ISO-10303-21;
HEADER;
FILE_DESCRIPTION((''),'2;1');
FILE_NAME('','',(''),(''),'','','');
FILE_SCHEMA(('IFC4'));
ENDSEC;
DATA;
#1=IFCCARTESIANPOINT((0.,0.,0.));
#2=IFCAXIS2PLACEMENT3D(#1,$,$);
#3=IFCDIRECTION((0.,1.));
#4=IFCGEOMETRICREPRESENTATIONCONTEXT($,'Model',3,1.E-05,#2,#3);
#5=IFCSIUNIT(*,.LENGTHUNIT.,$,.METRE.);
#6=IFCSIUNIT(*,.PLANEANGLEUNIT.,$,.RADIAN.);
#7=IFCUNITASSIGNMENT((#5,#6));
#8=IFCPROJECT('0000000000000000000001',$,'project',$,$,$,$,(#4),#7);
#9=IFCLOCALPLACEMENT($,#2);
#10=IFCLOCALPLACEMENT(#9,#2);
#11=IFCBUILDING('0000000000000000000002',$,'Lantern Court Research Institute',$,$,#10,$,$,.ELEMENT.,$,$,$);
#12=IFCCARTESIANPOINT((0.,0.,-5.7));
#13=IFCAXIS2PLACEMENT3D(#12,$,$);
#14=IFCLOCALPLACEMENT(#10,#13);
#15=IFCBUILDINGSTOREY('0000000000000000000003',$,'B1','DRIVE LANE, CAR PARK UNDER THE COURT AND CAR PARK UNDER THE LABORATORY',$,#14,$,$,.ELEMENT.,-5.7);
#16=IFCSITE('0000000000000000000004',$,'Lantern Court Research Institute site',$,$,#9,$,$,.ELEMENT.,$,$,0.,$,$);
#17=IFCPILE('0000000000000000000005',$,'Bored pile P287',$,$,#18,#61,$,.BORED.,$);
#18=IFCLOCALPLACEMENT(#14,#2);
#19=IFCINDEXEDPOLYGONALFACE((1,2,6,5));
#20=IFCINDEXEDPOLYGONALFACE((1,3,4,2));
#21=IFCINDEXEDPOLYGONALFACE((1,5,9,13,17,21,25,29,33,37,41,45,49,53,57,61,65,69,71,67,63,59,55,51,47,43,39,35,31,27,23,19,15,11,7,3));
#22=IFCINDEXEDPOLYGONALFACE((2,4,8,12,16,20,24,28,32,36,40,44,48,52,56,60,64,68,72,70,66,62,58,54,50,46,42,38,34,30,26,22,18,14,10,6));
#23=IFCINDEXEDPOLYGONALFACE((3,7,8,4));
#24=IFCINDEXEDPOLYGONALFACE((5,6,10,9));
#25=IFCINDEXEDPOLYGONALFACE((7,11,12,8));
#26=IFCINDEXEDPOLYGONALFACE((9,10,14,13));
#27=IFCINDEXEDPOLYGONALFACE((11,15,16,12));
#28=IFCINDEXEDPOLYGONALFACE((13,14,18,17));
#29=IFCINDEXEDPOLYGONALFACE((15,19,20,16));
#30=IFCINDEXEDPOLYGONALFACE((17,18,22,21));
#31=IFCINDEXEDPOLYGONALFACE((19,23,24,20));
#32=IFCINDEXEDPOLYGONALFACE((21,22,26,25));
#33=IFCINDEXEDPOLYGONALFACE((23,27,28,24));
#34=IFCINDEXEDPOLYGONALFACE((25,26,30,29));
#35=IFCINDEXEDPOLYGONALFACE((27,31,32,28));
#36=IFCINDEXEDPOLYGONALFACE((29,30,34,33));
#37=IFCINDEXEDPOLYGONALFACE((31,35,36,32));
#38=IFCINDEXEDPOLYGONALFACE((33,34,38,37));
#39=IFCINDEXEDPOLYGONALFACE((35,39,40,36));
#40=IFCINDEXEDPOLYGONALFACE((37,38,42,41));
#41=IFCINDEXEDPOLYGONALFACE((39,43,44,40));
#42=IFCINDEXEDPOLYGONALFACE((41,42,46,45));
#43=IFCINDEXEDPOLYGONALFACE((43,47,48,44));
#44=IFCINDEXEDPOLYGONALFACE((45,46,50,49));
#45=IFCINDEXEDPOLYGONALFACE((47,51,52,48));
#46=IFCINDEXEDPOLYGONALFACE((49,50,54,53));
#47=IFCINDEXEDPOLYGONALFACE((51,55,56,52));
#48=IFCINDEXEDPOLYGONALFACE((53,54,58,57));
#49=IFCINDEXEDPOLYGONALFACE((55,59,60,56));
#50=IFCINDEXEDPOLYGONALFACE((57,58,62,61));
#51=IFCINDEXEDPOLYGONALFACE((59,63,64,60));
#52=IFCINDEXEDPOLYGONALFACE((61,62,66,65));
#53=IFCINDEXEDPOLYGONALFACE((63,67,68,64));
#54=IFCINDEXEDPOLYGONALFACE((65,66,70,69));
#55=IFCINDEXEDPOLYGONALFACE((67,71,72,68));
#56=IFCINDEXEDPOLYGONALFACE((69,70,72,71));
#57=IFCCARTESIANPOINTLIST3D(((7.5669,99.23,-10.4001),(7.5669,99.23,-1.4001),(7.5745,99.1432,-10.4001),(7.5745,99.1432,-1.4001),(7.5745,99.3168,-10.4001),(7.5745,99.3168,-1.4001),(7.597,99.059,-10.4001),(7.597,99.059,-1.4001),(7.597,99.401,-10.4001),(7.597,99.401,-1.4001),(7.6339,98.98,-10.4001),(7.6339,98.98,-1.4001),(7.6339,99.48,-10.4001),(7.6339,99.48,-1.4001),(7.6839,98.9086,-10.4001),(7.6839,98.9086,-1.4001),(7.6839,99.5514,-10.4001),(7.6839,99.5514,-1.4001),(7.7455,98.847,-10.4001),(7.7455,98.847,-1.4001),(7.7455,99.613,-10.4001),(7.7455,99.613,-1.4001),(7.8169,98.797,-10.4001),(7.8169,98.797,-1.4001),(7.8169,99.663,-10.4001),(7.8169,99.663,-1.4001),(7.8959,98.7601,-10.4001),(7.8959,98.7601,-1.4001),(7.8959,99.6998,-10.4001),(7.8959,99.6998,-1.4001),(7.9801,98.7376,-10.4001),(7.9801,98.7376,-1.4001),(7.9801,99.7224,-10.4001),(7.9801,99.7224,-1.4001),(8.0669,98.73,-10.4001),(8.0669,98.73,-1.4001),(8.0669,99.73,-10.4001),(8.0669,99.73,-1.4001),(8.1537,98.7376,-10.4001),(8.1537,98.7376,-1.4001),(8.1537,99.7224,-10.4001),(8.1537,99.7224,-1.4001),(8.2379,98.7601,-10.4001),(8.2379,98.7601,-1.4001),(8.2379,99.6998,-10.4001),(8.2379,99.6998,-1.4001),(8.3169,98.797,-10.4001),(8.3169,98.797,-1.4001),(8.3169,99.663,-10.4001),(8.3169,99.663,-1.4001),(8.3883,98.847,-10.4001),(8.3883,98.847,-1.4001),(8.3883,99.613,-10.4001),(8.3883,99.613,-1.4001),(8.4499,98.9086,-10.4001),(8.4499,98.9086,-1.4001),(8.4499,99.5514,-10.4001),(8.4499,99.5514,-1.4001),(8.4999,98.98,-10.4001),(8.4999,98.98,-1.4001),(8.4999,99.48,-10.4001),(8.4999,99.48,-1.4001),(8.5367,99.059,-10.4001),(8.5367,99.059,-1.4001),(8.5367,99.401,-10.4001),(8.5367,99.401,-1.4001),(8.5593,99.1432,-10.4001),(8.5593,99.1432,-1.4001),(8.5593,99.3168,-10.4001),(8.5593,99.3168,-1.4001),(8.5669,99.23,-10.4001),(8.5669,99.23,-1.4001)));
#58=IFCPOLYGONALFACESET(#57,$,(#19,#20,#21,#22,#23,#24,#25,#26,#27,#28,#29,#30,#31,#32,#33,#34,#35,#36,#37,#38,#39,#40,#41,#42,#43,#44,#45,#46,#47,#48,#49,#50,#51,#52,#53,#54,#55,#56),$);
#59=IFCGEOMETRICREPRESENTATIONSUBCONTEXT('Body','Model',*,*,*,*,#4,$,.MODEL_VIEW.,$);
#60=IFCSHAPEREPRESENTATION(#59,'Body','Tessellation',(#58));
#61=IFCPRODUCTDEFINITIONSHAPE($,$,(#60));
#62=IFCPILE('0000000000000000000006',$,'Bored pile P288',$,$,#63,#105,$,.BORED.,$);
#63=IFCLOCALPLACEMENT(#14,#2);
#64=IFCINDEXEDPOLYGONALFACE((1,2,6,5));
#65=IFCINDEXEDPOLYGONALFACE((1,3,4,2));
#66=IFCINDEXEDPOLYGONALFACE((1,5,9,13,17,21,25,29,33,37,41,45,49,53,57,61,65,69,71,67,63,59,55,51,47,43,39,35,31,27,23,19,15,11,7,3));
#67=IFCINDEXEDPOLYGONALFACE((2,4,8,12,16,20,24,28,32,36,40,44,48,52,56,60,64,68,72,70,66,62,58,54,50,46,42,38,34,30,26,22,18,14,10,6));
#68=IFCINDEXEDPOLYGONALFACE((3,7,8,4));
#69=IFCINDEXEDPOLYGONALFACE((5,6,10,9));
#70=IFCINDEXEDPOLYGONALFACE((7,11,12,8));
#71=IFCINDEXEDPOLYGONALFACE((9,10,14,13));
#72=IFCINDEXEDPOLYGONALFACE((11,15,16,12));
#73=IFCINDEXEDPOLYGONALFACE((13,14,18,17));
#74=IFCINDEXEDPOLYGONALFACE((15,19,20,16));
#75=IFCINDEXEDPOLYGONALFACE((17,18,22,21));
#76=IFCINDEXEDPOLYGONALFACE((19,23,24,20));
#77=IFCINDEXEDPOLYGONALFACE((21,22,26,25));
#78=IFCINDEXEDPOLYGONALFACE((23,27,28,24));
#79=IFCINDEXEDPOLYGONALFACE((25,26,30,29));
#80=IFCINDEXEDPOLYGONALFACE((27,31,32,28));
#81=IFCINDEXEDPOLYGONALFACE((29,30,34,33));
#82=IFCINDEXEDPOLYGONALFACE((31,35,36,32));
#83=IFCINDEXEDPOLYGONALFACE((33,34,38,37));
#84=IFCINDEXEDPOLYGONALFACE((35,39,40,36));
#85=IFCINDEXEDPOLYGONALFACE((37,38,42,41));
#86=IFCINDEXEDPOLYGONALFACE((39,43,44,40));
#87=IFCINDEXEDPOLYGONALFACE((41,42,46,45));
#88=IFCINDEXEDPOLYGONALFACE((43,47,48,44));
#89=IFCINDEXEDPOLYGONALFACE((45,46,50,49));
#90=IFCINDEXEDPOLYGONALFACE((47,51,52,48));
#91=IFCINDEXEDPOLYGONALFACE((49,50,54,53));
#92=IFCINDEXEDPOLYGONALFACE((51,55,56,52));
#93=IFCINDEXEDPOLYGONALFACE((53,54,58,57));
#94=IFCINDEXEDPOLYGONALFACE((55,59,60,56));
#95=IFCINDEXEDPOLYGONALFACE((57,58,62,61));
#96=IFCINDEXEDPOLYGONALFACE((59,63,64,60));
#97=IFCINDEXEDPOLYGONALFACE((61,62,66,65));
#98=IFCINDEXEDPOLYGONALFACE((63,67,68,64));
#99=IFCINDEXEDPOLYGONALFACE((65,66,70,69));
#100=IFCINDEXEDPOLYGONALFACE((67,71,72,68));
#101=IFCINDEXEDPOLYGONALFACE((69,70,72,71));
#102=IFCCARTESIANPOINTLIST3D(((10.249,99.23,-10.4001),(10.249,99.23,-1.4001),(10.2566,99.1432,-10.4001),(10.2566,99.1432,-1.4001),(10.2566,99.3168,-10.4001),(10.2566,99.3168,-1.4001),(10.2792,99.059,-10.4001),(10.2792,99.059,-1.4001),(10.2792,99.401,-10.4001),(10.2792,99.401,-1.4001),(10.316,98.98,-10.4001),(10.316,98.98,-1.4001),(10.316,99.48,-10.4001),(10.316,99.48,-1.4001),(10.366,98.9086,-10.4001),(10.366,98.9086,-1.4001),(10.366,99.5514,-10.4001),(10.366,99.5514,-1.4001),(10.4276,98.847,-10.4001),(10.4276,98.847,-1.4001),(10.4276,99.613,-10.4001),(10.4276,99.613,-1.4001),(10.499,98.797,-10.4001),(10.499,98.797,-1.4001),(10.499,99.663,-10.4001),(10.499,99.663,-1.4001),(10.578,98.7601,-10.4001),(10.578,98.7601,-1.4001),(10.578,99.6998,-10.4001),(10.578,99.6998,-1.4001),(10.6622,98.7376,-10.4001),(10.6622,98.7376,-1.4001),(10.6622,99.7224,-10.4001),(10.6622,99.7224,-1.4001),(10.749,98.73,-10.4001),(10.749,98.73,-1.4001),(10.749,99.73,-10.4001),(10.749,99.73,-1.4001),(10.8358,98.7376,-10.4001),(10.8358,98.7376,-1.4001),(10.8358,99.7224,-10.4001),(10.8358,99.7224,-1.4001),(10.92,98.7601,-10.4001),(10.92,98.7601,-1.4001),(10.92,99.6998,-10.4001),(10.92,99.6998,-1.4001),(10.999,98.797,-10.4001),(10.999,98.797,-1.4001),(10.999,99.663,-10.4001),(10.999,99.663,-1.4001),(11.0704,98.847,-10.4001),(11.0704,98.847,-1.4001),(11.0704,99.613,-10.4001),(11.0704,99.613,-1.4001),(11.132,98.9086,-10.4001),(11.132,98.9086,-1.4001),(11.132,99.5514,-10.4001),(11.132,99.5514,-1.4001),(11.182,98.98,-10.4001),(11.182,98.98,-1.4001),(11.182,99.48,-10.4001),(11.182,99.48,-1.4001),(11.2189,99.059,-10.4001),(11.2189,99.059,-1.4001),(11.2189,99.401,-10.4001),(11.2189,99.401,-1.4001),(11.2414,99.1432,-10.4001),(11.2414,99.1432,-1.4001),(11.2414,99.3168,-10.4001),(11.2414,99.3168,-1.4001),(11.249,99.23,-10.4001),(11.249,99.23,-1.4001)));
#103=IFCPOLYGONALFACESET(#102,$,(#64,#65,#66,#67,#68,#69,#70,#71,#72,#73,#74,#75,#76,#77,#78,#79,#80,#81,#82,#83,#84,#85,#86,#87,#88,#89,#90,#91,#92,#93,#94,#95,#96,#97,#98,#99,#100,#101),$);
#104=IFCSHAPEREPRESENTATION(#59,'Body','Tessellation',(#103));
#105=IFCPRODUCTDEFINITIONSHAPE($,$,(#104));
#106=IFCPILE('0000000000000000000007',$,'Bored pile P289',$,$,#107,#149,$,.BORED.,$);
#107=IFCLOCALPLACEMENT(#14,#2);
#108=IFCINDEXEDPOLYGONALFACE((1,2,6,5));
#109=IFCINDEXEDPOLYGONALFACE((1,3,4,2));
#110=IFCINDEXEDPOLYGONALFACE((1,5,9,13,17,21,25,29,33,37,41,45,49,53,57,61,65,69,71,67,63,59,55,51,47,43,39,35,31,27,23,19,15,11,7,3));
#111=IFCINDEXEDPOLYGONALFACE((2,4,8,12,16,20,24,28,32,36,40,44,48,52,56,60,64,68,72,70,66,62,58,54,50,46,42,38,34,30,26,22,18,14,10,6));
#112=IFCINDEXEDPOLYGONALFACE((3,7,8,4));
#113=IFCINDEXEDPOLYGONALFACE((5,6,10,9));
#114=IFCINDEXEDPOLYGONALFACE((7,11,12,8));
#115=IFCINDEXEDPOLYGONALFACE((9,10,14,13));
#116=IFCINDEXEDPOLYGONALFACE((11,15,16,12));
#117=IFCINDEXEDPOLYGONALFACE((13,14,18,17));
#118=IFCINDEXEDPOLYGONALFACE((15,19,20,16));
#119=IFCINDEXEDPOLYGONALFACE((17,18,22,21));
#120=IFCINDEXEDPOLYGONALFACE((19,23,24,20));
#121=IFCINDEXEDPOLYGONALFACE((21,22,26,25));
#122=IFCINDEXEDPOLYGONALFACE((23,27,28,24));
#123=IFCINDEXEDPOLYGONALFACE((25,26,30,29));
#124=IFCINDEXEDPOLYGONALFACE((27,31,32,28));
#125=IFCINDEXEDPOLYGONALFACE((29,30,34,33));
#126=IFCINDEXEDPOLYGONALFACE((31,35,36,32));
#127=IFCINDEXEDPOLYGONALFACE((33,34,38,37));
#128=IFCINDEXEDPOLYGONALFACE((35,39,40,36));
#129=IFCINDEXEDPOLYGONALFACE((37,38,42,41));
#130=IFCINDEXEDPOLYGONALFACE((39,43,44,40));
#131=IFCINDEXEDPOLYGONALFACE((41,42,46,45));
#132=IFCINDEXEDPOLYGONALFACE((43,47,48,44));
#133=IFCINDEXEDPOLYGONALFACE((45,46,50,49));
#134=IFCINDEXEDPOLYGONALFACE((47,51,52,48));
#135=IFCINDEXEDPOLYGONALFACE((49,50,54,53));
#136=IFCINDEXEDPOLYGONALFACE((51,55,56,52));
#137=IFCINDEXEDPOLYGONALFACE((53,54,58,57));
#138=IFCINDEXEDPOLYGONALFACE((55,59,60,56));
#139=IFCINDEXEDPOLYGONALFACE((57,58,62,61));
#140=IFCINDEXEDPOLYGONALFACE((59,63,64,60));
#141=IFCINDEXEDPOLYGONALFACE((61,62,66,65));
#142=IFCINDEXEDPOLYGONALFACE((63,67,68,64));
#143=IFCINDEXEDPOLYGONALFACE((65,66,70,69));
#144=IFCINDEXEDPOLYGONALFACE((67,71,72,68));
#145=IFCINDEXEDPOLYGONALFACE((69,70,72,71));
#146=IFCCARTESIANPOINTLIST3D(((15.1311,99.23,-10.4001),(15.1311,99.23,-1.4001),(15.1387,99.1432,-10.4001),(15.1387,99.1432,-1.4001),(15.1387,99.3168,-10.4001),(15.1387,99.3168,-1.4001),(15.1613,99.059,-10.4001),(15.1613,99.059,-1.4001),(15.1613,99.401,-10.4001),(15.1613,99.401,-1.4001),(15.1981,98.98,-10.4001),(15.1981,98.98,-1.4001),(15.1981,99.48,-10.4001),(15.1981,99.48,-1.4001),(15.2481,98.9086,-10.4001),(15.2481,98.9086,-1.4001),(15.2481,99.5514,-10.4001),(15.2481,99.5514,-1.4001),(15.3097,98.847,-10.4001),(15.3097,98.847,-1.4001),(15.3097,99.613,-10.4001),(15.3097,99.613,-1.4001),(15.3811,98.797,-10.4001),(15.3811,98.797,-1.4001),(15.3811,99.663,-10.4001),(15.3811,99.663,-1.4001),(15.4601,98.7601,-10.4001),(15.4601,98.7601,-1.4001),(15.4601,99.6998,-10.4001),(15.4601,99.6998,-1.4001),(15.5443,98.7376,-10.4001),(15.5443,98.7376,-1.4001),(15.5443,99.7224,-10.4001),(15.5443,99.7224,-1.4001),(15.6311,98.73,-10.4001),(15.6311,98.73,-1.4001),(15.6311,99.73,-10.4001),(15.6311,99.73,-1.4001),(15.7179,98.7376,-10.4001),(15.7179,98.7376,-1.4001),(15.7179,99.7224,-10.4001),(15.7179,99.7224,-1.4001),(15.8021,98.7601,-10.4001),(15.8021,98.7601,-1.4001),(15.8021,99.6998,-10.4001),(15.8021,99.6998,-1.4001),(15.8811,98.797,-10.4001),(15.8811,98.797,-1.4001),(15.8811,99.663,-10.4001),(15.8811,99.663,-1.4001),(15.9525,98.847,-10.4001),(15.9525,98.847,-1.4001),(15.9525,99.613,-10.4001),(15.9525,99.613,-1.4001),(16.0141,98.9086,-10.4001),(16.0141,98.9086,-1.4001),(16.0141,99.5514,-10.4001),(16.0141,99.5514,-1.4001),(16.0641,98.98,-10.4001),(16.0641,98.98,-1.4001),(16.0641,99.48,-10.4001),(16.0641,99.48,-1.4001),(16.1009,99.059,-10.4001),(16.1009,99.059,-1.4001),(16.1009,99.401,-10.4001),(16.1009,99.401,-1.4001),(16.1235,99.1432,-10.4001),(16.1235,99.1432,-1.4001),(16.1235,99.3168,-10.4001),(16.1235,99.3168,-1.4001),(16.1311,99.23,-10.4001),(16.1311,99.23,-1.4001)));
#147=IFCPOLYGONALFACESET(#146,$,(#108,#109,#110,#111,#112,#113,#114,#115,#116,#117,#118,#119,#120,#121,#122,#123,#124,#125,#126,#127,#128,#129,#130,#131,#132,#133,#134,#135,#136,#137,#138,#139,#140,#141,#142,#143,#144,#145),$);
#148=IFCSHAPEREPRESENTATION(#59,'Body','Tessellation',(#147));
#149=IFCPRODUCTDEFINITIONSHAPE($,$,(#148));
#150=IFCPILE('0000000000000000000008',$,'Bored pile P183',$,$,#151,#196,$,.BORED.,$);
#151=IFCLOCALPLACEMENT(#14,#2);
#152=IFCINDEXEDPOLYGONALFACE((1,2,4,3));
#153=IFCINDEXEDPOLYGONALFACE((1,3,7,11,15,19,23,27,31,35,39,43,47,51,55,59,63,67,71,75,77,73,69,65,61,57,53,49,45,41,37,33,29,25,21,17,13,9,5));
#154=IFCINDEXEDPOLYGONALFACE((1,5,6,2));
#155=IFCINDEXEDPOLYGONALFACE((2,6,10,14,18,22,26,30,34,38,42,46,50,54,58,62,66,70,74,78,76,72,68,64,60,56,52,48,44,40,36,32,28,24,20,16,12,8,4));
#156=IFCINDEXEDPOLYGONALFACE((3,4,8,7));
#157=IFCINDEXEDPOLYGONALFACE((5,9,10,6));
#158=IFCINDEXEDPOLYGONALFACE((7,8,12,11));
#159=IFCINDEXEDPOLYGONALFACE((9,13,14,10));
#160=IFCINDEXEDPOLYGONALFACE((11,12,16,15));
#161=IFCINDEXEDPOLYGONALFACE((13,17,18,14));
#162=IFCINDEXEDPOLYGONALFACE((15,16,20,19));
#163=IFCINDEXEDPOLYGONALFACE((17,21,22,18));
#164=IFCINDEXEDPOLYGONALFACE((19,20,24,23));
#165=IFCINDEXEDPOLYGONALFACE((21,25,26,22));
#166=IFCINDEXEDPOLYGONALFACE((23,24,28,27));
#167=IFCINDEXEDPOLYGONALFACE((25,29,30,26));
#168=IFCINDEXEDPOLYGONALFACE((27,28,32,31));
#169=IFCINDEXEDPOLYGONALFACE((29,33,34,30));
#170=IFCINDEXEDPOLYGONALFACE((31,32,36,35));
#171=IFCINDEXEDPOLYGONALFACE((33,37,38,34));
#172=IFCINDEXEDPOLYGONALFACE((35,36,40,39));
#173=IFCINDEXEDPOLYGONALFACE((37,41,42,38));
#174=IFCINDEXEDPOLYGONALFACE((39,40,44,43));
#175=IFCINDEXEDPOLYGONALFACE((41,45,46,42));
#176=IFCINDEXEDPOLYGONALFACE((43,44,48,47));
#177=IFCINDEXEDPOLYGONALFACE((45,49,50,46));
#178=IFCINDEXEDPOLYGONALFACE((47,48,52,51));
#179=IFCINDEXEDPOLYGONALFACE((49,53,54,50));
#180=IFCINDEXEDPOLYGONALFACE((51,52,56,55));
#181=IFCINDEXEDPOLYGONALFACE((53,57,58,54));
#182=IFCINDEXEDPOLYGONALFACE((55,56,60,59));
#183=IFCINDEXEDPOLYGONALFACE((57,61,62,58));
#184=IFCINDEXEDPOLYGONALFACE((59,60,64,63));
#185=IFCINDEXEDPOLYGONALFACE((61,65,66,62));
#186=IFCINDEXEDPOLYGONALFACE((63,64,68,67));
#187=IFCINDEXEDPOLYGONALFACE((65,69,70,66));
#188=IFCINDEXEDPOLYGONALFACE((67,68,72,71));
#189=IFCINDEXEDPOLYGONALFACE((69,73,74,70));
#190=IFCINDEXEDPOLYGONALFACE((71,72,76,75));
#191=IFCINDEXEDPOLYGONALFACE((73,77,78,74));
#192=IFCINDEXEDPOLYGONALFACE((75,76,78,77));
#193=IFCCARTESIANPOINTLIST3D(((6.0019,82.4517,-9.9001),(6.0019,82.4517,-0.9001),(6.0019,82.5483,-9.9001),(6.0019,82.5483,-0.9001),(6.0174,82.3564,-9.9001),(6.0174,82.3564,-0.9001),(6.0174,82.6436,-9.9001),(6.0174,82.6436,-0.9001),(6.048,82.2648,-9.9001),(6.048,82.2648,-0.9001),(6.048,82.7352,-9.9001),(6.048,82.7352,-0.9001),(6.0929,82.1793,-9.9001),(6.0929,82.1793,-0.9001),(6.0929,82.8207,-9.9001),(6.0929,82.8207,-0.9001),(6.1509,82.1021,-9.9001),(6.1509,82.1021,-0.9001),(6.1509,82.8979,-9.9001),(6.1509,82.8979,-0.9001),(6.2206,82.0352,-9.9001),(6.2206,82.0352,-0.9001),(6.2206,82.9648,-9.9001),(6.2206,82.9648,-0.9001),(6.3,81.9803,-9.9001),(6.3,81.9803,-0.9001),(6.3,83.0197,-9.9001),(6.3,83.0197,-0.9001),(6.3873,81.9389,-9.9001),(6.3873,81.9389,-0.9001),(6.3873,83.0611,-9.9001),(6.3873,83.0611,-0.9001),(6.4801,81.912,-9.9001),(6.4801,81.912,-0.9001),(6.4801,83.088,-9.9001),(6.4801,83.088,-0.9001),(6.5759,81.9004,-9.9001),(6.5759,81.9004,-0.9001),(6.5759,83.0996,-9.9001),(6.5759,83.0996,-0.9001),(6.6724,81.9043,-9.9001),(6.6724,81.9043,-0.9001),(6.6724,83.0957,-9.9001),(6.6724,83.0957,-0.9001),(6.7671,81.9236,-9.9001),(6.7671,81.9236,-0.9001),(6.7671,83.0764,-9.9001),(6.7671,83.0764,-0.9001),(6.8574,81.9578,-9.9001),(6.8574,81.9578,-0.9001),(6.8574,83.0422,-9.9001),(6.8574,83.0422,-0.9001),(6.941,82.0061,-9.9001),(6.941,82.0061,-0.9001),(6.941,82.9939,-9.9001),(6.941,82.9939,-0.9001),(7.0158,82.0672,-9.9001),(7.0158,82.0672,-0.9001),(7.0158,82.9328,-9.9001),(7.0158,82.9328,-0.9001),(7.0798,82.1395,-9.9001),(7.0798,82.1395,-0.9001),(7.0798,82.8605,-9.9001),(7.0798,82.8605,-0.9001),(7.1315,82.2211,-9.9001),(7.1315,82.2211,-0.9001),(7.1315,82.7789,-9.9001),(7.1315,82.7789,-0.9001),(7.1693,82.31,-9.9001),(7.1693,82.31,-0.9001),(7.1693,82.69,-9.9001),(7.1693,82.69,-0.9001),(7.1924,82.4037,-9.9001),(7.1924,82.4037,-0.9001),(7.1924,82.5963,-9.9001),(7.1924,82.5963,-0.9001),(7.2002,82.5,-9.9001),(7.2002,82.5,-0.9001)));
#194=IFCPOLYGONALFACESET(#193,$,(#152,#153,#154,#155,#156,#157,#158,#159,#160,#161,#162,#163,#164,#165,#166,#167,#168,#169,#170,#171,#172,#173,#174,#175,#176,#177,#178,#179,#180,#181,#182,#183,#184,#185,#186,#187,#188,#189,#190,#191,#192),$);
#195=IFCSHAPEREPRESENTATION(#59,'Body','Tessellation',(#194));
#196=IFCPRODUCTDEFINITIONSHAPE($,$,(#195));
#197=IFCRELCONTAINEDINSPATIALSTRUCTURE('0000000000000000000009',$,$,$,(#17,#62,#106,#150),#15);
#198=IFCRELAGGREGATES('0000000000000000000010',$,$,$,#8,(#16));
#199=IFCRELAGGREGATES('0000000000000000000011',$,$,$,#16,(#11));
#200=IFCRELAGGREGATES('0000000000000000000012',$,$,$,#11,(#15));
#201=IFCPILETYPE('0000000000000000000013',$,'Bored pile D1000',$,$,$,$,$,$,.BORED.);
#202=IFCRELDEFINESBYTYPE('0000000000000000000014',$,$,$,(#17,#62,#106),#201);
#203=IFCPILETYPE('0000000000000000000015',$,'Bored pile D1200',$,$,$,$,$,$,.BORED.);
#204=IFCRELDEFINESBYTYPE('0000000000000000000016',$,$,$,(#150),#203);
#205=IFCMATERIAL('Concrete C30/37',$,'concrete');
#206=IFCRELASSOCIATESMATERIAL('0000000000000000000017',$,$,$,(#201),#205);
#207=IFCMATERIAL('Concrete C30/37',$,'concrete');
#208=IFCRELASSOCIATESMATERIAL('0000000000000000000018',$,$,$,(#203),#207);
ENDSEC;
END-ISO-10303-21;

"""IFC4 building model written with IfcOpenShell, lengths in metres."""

from ifc_helpers import new_model, si_unit, direction, frame, origin, origin_2d, place, context, subcontext, project, spatial, circle, extrude, material, material_profile, profile_set, type_object, element, save


model = new_model("IFC4")

# Units and contexts
model_context = context("Model", 3, precision=1e-05, world=origin(), true_north=direction((0.0, 1.0)))
body_context = subcontext(model_context, "Body", "Model", "MODEL_VIEW")
ifc_project = project(units=[si_unit("LENGTHUNIT", "METRE"), si_unit("PLANEANGLEUNIT", "RADIAN")], contexts=[model_context])

# Site, building, storey
site_placement = place(None, origin())
site = spatial("IfcSite", under=ifc_project, at=site_placement, Name="Lantern Court Research Institute site", CompositionType="ELEMENT", RefElevation=0.0)
building_placement = place(site_placement, origin())
building = spatial("IfcBuilding", under=site, at=building_placement, Name="Lantern Court Research Institute", CompositionType="ELEMENT")
storey_placement = place(building_placement, frame((0.0, 0.0, -5.7)))
storey = spatial("IfcBuildingStorey", under=building, at=storey_placement, Name="B1", Description="DRIVE LANE, CAR PARK UNDER THE COURT AND CAR PARK UNDER THE LABORATORY", CompositionType="ELEMENT", Elevation=-5.7)

# Piles
ifc_material_1 = material(Name="Concrete C30/37", Category="concrete")
ifc_material_profile_1 = material_profile(ifc_material_1, circle(Radius=0.5, at=origin_2d()), Name="Bored pile D1000")
ifc_profile_set_1 = profile_set([ifc_material_profile_1], Name="Concrete C30/37")
pile_type_1 = type_object("IfcPileType", Name="Bored pile D1000", PredefinedType="BORED", material=ifc_profile_set_1)
for number, where, z_axis, x_axis, name in (
    (1, (8.0669, 99.23, -1.4001), (0.0, 0.0, -1.0), (1.0, 0.0, 0.0), "Bored pile P287"),
    (2, (10.749, 99.23, -1.4001), (0.0, 0.0, -1.0), (1.0, 0.0, 0.0), "Bored pile P288"),
    (3, (15.6311, 99.23, -1.4001), (0.0, 0.0, -1.0), (1.0, 0.0, 0.0), "Bored pile P289"),
):
    element("IfcPile", number, at=place(storey_placement, frame(where, z_axis=z_axis, x_axis=x_axis)), inside=storey, type_object=pile_type_1, Name=name, PredefinedType="BORED", context=body_context, shape_type="SweptSolid", body=[
        extrude(circle(Radius=0.5, at=origin_2d()), origin(), (0.0, 0.0, 1.0), 9.0),
    ])
ifc_material_2 = material(Name="Concrete C30/37", Category="concrete")
ifc_material_profile_2 = material_profile(ifc_material_2, circle(Radius=0.6001, at=origin_2d()), Name="Bored pile D1200")
ifc_profile_set_2 = profile_set([ifc_material_profile_2], Name="Concrete C30/37")
pile_type_2 = type_object("IfcPileType", Name="Bored pile D1200", PredefinedType="BORED", material=ifc_profile_set_2)
for number, where, z_axis, x_axis, name in (
    (4, (6.6001, 82.5, -0.9001), (0.0, 0.0, -1.0), (1.0, 0.0, 0.0), "Bored pile P183"),
):
    element("IfcPile", number, at=place(storey_placement, frame(where, z_axis=z_axis, x_axis=x_axis)), inside=storey, type_object=pile_type_2, Name=name, PredefinedType="BORED", context=body_context, shape_type="SweptSolid", body=[
        extrude(circle(Radius=0.6001, at=origin_2d()), origin(), (0.0, 0.0, 1.0), 9.0),
    ])

save(model, "model.ifc")
